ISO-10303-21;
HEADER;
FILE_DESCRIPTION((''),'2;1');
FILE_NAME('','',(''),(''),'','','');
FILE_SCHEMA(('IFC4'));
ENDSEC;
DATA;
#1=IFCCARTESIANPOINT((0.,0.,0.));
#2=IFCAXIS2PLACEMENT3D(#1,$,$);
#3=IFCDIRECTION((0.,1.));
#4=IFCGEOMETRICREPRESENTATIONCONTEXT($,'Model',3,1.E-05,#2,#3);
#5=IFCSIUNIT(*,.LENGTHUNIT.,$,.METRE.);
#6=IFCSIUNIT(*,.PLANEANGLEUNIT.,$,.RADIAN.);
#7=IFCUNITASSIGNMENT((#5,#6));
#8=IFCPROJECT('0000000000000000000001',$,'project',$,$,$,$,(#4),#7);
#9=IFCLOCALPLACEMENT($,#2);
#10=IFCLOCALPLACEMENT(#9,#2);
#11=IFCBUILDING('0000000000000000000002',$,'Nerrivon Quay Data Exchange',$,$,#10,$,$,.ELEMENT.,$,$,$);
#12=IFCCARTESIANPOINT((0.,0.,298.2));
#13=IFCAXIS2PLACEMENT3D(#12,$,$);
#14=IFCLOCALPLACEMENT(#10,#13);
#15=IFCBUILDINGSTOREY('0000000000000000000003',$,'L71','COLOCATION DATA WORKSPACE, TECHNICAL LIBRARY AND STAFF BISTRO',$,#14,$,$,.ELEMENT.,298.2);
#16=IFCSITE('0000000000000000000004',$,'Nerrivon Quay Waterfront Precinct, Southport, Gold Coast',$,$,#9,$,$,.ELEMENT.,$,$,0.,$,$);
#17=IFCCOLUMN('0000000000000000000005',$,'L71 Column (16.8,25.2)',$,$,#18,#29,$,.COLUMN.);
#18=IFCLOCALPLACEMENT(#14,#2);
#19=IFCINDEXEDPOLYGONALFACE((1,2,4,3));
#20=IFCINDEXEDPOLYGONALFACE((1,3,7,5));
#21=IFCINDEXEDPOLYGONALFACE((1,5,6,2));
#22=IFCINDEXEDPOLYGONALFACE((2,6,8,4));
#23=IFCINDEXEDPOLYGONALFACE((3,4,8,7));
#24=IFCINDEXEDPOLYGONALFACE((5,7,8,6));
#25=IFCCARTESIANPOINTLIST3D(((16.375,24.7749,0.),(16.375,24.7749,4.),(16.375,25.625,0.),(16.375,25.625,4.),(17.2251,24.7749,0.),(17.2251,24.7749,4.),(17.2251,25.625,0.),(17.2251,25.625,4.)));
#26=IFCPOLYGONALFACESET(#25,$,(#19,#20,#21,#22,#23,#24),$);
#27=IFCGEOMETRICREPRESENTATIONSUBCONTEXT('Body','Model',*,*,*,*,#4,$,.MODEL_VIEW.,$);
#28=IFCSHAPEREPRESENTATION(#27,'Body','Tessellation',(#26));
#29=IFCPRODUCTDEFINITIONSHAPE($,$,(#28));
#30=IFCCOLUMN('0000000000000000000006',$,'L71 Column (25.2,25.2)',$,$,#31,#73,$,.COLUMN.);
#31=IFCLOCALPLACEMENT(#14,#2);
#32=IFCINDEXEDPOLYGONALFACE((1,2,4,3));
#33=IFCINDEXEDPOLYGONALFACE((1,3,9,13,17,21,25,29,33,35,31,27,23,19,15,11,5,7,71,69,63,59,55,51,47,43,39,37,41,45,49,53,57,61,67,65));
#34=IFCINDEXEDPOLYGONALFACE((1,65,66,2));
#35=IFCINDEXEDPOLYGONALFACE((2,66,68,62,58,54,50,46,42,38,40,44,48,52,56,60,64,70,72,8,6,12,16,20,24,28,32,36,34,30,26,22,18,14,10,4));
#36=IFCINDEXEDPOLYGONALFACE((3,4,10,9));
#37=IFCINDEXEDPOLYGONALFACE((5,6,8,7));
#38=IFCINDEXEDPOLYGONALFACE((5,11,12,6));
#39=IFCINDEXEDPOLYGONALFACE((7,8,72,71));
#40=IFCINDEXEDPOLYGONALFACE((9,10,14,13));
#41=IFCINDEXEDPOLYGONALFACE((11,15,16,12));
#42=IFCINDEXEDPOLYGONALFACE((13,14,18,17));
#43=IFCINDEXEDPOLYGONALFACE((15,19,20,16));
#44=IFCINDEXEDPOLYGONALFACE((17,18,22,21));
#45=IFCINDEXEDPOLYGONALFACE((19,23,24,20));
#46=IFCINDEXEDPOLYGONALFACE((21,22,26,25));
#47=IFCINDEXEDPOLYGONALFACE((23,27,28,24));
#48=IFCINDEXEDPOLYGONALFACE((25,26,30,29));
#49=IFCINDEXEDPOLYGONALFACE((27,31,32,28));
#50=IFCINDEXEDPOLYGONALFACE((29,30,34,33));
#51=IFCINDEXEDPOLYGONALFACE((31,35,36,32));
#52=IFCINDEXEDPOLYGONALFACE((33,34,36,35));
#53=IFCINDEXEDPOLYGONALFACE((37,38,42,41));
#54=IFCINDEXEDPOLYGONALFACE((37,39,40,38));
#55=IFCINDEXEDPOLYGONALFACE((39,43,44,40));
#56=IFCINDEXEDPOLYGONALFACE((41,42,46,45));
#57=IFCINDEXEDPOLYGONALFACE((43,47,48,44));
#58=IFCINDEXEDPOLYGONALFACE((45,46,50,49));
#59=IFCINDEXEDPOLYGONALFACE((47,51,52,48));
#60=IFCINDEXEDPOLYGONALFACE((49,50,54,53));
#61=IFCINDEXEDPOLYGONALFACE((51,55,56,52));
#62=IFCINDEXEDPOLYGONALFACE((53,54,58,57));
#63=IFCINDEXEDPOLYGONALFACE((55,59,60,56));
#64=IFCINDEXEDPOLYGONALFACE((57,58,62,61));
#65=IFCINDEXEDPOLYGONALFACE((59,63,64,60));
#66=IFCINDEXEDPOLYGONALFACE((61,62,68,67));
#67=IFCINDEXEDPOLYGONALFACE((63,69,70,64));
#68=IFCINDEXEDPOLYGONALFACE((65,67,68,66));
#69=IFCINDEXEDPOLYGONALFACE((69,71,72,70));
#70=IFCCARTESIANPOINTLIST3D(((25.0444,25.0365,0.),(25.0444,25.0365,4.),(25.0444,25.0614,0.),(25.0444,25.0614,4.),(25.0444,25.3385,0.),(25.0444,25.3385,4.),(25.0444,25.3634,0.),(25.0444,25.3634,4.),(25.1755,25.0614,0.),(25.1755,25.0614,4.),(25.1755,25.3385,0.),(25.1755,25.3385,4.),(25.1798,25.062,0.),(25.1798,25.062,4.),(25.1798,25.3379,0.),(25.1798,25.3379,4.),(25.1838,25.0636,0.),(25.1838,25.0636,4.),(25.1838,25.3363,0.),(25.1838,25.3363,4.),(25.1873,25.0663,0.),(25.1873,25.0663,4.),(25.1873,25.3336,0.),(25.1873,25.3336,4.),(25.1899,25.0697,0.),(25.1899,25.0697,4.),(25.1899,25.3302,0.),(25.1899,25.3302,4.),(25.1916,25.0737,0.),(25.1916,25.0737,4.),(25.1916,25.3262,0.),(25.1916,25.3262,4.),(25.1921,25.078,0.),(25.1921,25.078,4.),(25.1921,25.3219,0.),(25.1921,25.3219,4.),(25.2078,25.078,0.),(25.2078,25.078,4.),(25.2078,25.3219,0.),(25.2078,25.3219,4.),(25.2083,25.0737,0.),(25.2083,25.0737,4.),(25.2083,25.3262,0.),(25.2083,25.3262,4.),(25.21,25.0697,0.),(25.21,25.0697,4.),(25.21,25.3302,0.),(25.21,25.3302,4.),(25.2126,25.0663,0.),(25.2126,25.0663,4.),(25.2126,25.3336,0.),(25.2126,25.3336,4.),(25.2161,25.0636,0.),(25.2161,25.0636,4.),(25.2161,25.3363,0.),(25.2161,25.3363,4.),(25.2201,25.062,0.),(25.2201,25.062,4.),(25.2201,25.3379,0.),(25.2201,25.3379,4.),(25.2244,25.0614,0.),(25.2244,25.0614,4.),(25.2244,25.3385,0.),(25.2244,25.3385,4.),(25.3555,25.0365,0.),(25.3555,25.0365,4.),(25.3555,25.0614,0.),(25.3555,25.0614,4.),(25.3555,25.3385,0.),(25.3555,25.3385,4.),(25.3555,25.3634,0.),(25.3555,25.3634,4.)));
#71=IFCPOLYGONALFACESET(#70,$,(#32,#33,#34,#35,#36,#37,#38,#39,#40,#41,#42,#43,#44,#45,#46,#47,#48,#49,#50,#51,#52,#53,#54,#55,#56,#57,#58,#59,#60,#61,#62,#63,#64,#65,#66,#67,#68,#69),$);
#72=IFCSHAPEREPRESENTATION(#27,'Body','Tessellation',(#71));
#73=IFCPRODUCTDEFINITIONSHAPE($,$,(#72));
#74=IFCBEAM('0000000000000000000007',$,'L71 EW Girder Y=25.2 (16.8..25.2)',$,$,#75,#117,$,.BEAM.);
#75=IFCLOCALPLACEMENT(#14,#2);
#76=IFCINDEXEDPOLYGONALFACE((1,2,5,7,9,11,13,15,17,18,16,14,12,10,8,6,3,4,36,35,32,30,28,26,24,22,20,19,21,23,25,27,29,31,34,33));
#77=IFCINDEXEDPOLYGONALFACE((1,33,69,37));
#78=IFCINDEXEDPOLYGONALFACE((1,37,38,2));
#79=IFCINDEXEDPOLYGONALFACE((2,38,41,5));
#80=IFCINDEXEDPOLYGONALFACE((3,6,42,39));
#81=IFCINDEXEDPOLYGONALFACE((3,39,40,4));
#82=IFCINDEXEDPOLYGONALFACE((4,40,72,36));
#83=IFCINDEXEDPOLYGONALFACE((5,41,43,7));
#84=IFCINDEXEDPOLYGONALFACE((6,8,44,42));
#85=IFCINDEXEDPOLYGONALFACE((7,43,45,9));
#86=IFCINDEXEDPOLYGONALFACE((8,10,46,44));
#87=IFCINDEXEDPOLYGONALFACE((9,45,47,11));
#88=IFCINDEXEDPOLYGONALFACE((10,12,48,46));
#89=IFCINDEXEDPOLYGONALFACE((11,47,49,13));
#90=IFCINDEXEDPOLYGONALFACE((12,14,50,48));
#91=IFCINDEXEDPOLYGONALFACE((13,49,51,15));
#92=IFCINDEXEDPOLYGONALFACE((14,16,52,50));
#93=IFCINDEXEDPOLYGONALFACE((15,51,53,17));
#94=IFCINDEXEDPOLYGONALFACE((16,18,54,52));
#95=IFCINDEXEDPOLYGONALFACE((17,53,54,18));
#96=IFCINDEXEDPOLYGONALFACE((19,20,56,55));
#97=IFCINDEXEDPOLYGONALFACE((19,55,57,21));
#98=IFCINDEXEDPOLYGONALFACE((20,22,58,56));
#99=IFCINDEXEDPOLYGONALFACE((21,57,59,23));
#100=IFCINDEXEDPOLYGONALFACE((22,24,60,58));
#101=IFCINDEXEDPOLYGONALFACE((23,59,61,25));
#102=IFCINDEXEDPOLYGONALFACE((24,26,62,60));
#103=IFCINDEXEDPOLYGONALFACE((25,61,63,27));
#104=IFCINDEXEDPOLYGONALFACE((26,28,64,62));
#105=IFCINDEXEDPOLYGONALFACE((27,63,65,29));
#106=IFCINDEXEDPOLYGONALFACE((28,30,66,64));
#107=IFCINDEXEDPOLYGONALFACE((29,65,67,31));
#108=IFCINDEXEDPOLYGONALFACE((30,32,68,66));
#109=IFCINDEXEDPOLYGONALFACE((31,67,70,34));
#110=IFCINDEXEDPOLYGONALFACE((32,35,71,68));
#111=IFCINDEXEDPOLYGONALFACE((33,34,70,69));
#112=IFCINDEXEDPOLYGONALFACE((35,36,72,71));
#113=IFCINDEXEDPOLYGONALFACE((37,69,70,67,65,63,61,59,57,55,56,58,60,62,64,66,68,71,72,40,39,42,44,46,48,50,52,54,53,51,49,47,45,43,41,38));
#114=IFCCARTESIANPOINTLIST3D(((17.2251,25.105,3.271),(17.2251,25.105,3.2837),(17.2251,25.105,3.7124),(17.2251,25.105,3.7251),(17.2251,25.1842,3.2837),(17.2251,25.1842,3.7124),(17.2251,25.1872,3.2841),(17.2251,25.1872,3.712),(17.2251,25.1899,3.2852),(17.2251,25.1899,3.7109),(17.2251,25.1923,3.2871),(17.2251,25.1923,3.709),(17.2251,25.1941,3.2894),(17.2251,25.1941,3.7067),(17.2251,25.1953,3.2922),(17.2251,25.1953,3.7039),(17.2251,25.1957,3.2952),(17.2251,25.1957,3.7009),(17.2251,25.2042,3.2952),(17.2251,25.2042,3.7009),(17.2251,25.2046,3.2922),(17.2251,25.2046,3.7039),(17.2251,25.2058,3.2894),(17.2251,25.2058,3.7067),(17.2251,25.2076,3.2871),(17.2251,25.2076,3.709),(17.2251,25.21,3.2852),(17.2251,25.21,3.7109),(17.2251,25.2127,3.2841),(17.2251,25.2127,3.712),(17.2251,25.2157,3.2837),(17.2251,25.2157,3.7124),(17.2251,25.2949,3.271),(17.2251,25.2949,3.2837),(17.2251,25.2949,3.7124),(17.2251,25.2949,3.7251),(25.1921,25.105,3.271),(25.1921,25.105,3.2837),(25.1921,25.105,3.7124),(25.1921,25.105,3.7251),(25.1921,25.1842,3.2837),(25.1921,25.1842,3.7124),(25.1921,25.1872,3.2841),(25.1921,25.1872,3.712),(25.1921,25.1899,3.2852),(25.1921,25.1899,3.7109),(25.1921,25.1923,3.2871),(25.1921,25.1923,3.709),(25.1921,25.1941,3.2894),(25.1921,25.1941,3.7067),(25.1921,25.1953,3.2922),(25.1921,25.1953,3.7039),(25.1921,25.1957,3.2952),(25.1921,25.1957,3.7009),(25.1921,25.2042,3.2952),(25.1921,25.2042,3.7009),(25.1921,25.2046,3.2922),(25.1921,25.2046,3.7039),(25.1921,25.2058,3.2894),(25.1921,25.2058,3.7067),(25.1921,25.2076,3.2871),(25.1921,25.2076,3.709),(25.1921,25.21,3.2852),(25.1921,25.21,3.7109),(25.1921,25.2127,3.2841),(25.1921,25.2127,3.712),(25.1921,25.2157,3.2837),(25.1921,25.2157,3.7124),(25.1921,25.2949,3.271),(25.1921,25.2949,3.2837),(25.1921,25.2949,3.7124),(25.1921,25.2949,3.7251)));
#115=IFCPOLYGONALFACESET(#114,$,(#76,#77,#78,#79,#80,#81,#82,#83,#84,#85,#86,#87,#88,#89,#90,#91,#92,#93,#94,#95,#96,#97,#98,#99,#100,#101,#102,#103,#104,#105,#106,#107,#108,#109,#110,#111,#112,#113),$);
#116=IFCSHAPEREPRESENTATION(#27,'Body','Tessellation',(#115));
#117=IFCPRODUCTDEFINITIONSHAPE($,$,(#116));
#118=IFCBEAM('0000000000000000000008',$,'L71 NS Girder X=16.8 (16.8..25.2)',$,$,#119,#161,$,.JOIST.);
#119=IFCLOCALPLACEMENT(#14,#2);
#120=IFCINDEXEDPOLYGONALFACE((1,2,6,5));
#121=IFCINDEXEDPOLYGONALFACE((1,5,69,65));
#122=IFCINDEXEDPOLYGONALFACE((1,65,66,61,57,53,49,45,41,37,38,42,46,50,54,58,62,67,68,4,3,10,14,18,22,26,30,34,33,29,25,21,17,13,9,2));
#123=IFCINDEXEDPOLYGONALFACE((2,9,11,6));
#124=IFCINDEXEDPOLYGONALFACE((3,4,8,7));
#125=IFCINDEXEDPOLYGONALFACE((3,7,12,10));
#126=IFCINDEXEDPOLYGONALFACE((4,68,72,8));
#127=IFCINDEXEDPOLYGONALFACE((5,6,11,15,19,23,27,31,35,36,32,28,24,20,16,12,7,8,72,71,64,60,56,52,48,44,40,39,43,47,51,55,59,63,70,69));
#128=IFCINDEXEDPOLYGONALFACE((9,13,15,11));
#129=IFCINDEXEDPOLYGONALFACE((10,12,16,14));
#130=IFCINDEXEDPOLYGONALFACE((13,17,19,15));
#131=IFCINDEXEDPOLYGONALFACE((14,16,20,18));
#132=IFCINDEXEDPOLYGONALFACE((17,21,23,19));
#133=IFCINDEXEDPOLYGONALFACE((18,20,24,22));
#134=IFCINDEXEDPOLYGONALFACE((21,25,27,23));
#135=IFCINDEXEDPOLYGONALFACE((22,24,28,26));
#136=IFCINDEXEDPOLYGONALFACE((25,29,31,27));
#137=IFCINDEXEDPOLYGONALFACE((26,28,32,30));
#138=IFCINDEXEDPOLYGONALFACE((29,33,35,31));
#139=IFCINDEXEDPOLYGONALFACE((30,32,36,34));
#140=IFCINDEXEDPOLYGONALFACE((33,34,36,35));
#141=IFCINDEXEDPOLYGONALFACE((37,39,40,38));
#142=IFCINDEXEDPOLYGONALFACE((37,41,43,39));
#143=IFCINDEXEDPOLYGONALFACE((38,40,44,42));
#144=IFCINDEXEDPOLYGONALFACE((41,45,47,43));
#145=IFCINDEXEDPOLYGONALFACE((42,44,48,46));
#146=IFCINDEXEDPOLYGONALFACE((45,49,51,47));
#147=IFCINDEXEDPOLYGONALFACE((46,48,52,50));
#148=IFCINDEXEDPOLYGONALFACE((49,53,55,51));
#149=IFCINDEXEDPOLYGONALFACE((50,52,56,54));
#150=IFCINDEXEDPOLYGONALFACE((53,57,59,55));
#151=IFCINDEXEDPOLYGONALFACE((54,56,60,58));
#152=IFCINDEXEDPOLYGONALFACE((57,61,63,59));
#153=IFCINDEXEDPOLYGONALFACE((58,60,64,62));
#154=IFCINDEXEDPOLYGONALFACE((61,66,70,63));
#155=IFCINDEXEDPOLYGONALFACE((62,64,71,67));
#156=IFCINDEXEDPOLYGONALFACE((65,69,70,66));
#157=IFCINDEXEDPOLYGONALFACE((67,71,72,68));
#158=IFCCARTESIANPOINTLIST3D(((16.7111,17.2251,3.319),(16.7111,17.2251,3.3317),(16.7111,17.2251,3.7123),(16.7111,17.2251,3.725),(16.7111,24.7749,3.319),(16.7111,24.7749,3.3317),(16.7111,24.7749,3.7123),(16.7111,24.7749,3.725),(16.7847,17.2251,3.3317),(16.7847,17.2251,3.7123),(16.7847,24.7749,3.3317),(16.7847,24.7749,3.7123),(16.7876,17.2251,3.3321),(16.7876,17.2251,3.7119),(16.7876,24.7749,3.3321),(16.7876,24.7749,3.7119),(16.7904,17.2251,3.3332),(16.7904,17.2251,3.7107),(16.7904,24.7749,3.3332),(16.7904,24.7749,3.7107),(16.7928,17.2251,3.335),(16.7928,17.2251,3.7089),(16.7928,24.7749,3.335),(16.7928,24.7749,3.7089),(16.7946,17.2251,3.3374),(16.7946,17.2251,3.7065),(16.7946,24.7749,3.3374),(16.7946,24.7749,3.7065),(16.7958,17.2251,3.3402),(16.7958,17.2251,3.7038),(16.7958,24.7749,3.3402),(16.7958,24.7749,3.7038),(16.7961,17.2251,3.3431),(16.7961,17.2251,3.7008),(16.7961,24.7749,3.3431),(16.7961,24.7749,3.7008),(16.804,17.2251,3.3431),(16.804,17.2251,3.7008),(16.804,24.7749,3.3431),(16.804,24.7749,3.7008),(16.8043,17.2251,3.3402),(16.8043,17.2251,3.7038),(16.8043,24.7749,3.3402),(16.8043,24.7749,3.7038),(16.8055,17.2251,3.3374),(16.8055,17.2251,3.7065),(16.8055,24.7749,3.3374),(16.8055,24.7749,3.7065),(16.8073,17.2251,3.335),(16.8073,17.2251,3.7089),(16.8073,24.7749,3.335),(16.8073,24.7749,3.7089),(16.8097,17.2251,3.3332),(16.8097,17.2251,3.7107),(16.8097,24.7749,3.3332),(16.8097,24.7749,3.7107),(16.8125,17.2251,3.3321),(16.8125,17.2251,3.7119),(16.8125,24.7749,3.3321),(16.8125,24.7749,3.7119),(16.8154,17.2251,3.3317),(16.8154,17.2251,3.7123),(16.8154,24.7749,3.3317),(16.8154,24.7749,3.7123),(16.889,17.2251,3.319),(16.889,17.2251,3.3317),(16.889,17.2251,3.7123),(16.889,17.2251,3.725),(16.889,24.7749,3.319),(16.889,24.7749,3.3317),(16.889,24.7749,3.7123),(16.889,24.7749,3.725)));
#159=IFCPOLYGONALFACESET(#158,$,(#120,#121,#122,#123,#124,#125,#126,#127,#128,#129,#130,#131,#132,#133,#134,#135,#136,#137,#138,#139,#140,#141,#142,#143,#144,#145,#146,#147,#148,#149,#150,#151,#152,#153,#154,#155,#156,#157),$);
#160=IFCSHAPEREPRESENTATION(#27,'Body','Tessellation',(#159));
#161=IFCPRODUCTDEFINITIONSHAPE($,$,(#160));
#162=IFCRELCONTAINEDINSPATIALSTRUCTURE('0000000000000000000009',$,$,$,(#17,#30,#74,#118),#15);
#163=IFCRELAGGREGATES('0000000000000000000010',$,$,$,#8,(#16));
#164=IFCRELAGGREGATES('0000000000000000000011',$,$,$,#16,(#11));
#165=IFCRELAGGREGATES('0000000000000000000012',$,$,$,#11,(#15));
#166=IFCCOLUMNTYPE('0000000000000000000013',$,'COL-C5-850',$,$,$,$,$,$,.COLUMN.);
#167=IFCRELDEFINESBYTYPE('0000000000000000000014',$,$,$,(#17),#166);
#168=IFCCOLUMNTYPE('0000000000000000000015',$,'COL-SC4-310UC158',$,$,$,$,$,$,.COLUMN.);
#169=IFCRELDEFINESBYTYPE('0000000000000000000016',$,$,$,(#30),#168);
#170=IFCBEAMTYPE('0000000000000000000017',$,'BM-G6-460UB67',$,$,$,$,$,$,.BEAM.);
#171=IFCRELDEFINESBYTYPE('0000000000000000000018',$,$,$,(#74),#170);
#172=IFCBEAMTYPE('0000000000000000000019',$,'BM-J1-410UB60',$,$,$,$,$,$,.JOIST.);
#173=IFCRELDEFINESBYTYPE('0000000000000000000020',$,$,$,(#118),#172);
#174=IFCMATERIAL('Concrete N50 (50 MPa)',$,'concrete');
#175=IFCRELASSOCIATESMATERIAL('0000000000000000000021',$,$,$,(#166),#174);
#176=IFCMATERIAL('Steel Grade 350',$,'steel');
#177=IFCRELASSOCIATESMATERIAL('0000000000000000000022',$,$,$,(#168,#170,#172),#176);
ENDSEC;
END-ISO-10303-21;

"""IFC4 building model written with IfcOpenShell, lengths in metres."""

from ifc_helpers import new_model, si_unit, direction, frame, origin, origin_2d, place, context, subcontext, project, spatial, rectangle, i_section, extrude, material, material_profile, profile_set, type_object, element, save


model = new_model("IFC4")

# Units and contexts
model_context = context("Model", 3, precision=1e-05, world=origin(), true_north=direction((0.0, 1.0)))
body_context = subcontext(model_context, "Body", "Model", "MODEL_VIEW")
ifc_project = project(units=[si_unit("LENGTHUNIT", "METRE"), si_unit("PLANEANGLEUNIT", "RADIAN")], contexts=[model_context])

# Site, building, storey
site_placement = place(None, origin())
site = spatial("IfcSite", under=ifc_project, at=site_placement, Name="Nerrivon Quay Waterfront Precinct, Southport, Gold Coast", CompositionType="ELEMENT", RefElevation=0.0)
building_placement = place(site_placement, origin())
building = spatial("IfcBuilding", under=site, at=building_placement, Name="Nerrivon Quay Data Exchange", CompositionType="ELEMENT")
storey_placement = place(building_placement, frame((0.0, 0.0, 298.2)))
storey = spatial("IfcBuildingStorey", under=building, at=storey_placement, Name="L71", Description="COLOCATION DATA WORKSPACE, TECHNICAL LIBRARY AND STAFF BISTRO", CompositionType="ELEMENT", Elevation=298.2)

# Columns
ifc_material_1 = material(Name="Concrete N50 (50 MPa)", Category="concrete")
ifc_material_profile_1 = material_profile(ifc_material_1, rectangle(XDim=0.8501, YDim=0.8501, at=origin_2d()), Name="RC-COL-850x850")
ifc_profile_set_1 = profile_set([ifc_material_profile_1], Name="Concrete N50 (50 MPa)")
column_type_1 = type_object("IfcColumnType", Name="COL-C5-850", PredefinedType="COLUMN", material=ifc_profile_set_1)
column_1_placement = place(storey_placement, frame((16.8, 25.2, 0.0), z_axis=(0.0, 0.0, 1.0), x_axis=(1.0, 0.0, 0.0)))
element("IfcColumn", 1, at=column_1_placement, inside=storey, type_object=column_type_1, Name="L71 Column (16.8,25.2)", PredefinedType="COLUMN", context=body_context, shape_type="SweptSolid", body=[
    extrude(rectangle(XDim=0.8501, YDim=0.8501, at=origin_2d()), origin(), (0.0, 0.0, 1.0), 4.0),
])
ifc_material_2 = material(Name="Steel Grade 350", Category="steel")
ifc_material_profile_2 = material_profile(ifc_material_2, i_section(OverallWidth=0.311, OverallDepth=0.3269, WebThickness=0.0156, FlangeThickness=0.0249, FilletRadius=0.0166, at=origin_2d()), Name="310UC158")
ifc_profile_set_2 = profile_set([ifc_material_profile_2], Name="Steel Grade 350")
column_type_2 = type_object("IfcColumnType", Name="COL-SC4-310UC158", PredefinedType="COLUMN", material=ifc_profile_set_2)
column_2_placement = place(storey_placement, frame((25.2, 25.2, 0.0), z_axis=(0.0, 0.0, 1.0), x_axis=(1.0, 0.0, 0.0)))
element("IfcColumn", 2, at=column_2_placement, inside=storey, type_object=column_type_2, Name="L71 Column (25.2,25.2)", PredefinedType="COLUMN", context=body_context, shape_type="SweptSolid", body=[
    extrude(i_section(OverallWidth=0.311, OverallDepth=0.3269, WebThickness=0.0156, FlangeThickness=0.0249, FilletRadius=0.0166, at=origin_2d()), origin(), (0.0, 0.0, 1.0), 4.0),
])

# Beams
ifc_material_profile_3 = material_profile(ifc_material_2, i_section(OverallWidth=0.1899, OverallDepth=0.4541, WebThickness=0.0085, FlangeThickness=0.0127, FilletRadius=0.0115, at=origin_2d()), Name="460UB67.1")
ifc_profile_set_3 = profile_set([ifc_material_profile_3], Name="Steel Grade 350")
beam_type_1 = type_object("IfcBeamType", Name="BM-G6-460UB67", PredefinedType="BEAM", material=ifc_profile_set_3)
beam_1_placement = place(storey_placement, frame((17.2251, 25.2, 3.498), z_axis=(1.0, 0.0, 0.0), x_axis=(0.0, 1.0, 0.0)))
element("IfcBeam", 3, at=beam_1_placement, inside=storey, type_object=beam_type_1, Name="L71 EW Girder Y=25.2 (16.8..25.2)", PredefinedType="BEAM", context=body_context, shape_type="SweptSolid", body=[
    extrude(i_section(OverallWidth=0.1899, OverallDepth=0.4541, WebThickness=0.0085, FlangeThickness=0.0127, FilletRadius=0.0115, at=origin_2d()), origin(), (0.0, 0.0, 1.0), 7.967),
])
ifc_material_profile_4 = material_profile(ifc_material_2, i_section(OverallWidth=0.178, OverallDepth=0.406, WebThickness=0.0078, FlangeThickness=0.0127, FilletRadius=0.0115, at=origin_2d()), Name="410UB59.7")
ifc_profile_set_4 = profile_set([ifc_material_profile_4], Name="Steel Grade 350")
beam_type_2 = type_object("IfcBeamType", Name="BM-J1-410UB60", PredefinedType="JOIST", material=ifc_profile_set_4)
beam_2_placement = place(storey_placement, frame((16.8, 17.2251, 3.522), z_axis=(0.0, 1.0, 0.0), x_axis=(-1.0, 0.0, 0.0)))
element("IfcBeam", 4, at=beam_2_placement, inside=storey, type_object=beam_type_2, Name="L71 NS Girder X=16.8 (16.8..25.2)", PredefinedType="JOIST", context=body_context, shape_type="SweptSolid", body=[
    extrude(i_section(OverallWidth=0.178, OverallDepth=0.406, WebThickness=0.0078, FlangeThickness=0.0127, FilletRadius=0.0115, at=origin_2d()), origin(), (0.0, 0.0, 1.0), 7.5498),
])

save(model, "model.ifc")
